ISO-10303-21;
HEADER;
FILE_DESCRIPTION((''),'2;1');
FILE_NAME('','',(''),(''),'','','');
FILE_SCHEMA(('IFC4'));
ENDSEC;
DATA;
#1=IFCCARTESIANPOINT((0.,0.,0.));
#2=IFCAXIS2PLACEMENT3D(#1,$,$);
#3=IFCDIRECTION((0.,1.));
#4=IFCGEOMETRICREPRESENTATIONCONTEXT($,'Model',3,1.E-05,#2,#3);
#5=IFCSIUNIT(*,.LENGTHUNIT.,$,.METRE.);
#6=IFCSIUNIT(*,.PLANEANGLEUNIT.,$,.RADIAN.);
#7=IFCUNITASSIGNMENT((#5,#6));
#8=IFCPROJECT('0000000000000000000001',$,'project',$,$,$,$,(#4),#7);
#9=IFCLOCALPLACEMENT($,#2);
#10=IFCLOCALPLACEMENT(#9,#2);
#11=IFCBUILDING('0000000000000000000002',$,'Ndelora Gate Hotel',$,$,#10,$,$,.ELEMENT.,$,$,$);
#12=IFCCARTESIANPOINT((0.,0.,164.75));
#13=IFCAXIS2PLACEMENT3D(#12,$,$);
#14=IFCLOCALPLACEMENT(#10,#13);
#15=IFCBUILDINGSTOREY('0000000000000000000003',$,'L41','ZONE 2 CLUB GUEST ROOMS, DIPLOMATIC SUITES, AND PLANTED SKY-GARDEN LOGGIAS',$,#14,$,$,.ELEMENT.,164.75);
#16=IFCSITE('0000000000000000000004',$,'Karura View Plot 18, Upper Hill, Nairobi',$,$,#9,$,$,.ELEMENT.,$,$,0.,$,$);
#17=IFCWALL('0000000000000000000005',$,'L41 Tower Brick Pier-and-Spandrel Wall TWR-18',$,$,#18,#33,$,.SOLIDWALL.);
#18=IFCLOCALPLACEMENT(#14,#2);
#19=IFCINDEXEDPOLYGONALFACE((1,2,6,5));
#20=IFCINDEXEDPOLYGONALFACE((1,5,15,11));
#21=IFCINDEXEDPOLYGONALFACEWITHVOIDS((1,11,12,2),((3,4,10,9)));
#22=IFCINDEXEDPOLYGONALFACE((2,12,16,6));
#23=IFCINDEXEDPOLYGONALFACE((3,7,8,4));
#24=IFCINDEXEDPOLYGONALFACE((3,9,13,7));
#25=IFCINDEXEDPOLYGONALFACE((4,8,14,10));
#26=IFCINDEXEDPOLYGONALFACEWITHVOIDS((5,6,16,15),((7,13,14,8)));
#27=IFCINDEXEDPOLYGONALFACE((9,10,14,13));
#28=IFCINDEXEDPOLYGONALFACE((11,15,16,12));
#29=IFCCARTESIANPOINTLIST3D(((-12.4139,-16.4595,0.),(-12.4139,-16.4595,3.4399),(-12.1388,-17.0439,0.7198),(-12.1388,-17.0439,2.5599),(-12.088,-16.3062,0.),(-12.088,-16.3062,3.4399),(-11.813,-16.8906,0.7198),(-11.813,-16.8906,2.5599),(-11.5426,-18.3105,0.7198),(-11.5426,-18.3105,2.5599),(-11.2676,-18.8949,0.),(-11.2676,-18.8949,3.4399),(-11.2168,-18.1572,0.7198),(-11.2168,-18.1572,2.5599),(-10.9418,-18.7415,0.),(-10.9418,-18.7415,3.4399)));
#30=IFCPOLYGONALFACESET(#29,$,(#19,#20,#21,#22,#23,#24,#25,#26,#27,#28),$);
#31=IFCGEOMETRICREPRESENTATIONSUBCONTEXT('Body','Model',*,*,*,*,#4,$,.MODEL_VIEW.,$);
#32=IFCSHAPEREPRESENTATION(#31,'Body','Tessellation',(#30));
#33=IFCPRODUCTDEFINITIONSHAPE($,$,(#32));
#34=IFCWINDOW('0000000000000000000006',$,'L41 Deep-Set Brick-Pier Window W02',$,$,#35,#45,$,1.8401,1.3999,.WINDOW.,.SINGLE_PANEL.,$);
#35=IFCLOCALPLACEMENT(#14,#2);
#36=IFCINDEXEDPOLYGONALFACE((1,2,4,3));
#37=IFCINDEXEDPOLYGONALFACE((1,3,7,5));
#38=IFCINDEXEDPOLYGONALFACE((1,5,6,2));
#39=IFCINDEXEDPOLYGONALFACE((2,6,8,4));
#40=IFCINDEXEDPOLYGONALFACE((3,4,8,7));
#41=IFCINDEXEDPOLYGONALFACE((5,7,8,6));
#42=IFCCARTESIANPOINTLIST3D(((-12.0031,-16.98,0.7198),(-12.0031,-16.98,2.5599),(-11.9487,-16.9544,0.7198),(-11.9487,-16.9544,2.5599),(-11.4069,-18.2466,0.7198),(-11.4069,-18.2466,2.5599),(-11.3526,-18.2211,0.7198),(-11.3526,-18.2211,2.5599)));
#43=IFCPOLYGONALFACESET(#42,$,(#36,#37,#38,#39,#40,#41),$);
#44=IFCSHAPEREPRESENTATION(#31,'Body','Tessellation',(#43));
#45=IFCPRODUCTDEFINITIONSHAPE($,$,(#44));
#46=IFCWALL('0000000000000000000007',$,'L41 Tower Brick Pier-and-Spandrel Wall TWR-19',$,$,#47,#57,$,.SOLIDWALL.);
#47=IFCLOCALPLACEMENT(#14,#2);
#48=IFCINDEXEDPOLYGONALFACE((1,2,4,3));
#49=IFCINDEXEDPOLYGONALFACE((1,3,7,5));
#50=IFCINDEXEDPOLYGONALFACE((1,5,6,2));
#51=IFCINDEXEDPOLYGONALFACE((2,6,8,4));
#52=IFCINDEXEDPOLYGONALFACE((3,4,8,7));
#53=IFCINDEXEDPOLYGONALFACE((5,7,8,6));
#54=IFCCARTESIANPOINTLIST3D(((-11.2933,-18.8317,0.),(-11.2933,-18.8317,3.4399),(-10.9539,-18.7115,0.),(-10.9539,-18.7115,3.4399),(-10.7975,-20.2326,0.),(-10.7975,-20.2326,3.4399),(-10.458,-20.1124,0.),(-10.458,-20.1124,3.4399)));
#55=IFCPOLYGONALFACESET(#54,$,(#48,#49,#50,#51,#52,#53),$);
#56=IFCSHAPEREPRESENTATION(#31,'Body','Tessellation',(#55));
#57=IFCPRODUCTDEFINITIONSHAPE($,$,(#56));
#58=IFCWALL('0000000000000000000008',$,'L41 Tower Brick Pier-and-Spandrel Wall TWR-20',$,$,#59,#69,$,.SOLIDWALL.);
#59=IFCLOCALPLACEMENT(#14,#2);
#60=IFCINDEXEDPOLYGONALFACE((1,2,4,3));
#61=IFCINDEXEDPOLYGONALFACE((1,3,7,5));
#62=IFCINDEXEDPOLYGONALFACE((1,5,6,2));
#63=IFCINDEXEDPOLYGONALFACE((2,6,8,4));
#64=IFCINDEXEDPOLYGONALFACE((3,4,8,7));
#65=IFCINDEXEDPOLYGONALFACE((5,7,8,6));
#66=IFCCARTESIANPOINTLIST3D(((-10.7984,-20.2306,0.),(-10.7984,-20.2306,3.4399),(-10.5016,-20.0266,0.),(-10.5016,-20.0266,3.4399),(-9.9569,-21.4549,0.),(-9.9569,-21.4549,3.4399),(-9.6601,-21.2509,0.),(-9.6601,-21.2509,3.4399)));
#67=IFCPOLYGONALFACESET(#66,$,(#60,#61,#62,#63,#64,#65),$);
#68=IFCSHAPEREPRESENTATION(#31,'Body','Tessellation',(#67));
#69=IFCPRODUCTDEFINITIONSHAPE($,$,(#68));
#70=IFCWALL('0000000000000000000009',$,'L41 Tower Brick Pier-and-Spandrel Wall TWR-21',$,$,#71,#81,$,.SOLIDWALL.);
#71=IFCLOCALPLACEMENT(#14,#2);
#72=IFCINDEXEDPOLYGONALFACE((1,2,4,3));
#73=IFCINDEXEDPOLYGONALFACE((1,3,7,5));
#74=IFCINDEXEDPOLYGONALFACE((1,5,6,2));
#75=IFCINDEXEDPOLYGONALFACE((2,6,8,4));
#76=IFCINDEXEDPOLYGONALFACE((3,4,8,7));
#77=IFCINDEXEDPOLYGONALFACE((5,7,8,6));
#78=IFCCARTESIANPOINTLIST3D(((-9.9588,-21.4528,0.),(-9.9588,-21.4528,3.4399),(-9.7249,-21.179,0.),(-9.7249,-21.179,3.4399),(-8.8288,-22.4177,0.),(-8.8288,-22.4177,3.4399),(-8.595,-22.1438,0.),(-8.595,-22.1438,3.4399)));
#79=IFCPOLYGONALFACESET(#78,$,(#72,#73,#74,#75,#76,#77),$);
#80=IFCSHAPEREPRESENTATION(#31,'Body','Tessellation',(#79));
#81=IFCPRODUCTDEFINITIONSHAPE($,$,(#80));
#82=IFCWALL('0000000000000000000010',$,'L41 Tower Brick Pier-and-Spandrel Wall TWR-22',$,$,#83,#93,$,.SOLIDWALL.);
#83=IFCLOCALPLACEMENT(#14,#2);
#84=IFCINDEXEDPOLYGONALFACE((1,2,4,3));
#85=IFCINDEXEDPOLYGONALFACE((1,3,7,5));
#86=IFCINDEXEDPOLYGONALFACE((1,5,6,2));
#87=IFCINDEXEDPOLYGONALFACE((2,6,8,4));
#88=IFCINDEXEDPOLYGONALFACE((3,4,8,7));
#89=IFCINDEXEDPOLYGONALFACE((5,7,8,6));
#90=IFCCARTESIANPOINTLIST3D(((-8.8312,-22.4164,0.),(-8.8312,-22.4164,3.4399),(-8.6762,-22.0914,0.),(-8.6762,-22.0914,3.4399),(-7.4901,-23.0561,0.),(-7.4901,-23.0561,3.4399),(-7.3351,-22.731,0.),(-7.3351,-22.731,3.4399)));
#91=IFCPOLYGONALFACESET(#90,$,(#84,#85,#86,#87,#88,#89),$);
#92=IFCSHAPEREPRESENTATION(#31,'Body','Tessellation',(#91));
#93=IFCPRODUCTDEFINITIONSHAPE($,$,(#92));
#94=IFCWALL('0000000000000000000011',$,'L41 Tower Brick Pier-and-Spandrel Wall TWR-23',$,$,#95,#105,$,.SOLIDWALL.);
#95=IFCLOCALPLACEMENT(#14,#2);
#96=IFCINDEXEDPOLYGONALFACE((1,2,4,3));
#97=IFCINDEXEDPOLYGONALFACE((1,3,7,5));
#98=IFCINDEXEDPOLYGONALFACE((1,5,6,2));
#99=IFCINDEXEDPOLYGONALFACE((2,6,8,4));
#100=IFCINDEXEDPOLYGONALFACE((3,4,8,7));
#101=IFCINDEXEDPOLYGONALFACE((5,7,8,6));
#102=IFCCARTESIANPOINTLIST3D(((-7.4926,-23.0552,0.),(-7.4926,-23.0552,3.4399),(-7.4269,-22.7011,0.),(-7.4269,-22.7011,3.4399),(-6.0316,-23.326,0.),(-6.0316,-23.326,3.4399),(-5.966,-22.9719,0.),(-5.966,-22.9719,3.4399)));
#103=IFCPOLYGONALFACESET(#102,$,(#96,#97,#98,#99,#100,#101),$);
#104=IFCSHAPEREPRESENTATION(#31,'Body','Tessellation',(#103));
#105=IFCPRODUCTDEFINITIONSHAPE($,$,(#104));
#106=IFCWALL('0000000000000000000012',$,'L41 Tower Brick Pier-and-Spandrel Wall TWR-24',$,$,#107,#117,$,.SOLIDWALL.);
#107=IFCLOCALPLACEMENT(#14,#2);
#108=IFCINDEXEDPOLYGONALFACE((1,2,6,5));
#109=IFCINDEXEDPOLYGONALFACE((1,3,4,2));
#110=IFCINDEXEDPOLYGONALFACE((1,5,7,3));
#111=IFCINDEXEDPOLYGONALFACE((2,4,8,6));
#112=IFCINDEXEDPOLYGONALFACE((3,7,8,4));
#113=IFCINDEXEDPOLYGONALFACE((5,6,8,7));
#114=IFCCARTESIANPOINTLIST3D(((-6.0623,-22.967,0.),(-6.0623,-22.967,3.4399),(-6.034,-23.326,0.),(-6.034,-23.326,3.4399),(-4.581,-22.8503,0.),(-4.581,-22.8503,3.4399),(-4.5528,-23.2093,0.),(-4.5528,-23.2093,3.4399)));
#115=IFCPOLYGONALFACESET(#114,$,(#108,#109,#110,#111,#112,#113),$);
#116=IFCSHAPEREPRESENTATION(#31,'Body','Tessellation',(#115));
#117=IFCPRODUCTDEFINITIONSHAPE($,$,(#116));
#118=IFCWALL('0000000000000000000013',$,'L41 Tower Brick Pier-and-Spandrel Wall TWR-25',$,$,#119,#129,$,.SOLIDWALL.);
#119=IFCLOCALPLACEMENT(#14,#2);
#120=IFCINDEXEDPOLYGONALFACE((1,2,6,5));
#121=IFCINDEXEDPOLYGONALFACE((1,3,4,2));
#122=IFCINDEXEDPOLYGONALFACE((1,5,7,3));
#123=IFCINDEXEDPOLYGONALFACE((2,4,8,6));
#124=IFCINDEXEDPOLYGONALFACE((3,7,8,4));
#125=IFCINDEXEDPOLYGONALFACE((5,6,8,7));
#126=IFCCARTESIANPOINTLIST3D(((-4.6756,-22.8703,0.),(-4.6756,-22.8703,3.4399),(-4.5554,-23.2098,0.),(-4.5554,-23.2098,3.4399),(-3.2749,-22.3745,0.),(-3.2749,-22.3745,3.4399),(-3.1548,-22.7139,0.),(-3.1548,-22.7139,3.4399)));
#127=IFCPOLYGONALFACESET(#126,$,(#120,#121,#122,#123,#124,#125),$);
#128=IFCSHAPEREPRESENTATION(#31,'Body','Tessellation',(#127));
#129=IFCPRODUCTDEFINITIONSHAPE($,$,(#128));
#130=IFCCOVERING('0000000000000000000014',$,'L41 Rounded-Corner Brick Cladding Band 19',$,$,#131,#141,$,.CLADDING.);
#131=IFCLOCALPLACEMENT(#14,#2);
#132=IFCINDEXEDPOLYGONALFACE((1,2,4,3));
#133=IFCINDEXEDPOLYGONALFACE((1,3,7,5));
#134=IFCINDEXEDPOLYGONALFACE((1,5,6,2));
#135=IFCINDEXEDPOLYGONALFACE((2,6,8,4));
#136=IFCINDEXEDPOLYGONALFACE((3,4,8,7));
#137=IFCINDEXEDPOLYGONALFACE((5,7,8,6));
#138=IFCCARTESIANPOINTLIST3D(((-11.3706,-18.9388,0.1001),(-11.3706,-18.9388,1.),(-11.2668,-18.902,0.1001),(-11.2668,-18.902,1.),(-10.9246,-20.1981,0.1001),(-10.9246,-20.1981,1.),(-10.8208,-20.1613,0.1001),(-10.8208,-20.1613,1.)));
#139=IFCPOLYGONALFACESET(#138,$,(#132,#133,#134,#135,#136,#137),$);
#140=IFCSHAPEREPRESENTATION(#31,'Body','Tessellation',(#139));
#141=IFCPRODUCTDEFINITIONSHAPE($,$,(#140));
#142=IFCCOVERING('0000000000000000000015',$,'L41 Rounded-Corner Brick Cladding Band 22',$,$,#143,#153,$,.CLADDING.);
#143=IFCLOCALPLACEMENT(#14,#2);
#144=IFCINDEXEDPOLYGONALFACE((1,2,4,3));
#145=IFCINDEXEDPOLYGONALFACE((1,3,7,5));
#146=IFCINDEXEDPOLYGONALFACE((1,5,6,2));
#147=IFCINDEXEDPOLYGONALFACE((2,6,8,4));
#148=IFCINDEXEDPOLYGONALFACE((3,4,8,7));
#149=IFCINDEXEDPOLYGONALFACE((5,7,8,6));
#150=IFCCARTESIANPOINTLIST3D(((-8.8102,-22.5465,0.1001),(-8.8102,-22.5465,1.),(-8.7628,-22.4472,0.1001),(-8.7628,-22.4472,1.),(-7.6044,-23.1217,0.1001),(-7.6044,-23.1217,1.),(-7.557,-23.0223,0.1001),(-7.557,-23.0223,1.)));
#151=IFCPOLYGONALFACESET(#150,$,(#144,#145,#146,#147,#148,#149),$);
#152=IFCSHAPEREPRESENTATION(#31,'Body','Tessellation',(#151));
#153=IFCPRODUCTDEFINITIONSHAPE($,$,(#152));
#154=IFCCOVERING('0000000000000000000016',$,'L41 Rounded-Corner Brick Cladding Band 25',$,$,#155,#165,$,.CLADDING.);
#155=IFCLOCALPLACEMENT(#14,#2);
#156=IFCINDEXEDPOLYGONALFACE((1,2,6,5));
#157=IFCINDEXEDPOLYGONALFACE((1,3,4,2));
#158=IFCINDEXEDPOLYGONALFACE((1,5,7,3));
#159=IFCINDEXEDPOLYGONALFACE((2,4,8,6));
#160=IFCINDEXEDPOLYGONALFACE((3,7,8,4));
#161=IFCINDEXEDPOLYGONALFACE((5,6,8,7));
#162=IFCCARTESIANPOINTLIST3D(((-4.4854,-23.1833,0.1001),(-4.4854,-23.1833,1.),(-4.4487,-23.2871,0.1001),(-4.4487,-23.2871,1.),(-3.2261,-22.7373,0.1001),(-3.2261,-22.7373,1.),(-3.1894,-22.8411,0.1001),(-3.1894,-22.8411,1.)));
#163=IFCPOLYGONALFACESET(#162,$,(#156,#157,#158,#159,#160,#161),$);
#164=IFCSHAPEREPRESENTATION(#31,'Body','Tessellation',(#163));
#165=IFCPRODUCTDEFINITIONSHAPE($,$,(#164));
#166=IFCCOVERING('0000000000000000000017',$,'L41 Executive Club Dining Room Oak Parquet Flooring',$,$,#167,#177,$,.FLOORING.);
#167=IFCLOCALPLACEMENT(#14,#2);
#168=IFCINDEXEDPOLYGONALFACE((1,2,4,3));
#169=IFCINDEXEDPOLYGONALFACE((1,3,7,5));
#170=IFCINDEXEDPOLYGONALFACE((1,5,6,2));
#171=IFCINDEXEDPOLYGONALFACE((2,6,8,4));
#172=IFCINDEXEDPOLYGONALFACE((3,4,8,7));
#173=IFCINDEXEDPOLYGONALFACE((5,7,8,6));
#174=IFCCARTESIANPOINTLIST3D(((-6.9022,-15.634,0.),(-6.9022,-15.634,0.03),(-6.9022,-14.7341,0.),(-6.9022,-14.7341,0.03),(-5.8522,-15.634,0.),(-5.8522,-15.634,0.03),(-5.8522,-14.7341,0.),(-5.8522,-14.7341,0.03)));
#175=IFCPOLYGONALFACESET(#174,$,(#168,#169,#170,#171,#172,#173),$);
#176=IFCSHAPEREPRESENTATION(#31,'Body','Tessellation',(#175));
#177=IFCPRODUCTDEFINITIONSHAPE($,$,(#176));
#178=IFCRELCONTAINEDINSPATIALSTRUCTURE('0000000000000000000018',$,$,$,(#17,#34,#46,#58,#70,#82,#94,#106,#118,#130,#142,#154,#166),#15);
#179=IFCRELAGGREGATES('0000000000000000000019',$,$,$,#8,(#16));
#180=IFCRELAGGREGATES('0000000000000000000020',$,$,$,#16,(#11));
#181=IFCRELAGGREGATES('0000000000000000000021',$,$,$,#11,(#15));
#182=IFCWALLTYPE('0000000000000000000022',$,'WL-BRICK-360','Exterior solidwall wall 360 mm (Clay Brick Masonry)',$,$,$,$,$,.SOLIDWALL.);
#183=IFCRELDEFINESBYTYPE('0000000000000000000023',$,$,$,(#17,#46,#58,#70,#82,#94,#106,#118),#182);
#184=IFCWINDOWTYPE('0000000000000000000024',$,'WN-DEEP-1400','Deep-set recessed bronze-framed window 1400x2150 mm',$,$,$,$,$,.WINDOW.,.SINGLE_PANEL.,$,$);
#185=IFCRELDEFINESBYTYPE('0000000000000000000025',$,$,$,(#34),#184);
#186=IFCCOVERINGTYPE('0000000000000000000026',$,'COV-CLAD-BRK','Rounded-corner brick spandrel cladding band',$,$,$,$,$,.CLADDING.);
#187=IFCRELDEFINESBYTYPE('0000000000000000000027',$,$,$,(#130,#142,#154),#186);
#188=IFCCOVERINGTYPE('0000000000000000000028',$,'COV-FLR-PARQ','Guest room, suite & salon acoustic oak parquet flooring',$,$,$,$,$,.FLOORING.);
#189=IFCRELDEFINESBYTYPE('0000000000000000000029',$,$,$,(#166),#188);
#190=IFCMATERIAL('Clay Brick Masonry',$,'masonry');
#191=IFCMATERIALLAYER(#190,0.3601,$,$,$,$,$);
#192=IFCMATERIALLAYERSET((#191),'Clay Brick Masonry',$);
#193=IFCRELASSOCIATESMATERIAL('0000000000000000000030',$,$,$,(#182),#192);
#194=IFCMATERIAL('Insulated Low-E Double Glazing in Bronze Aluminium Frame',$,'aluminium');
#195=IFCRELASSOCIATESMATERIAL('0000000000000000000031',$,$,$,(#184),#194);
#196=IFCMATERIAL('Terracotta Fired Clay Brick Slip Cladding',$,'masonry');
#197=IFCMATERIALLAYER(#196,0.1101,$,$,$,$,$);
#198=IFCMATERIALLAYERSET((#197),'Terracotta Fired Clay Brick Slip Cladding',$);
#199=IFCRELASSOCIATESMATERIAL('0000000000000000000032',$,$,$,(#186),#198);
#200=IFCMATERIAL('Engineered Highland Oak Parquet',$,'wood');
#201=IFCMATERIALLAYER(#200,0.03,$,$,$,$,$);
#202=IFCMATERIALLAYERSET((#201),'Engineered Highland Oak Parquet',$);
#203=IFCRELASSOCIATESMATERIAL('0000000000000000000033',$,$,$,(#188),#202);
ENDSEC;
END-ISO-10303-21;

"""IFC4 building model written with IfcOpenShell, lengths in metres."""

from ifc_helpers import new_model, si_unit, direction, frame, frame_2d, origin, origin_2d, place, context, subcontext, project, spatial, rectangle, extrude, material, layer, layer_set, type_object, element, fill, save


model = new_model("IFC4")

# Units and contexts
model_context = context("Model", 3, precision=1e-05, world=origin(), true_north=direction((0.0, 1.0)))
body_context = subcontext(model_context, "Body", "Model", "MODEL_VIEW")
ifc_project = project(units=[si_unit("LENGTHUNIT", "METRE"), si_unit("PLANEANGLEUNIT", "RADIAN")], contexts=[model_context])

# Site, building, storey
site_placement = place(None, origin())
site = spatial("IfcSite", under=ifc_project, at=site_placement, Name="Karura View Plot 18, Upper Hill, Nairobi", CompositionType="ELEMENT", RefElevation=0.0)
building_placement = place(site_placement, origin())
building = spatial("IfcBuilding", under=site, at=building_placement, Name="Ndelora Gate Hotel", CompositionType="ELEMENT")
storey_placement = place(building_placement, frame((0.0, 0.0, 164.75)))
storey = spatial("IfcBuildingStorey", under=building, at=storey_placement, Name="L41", Description="ZONE 2 CLUB GUEST ROOMS, DIPLOMATIC SUITES, AND PLANTED SKY-GARDEN LOGGIAS", CompositionType="ELEMENT", Elevation=164.75)

# Wall, opening, window
ifc_material_1 = material(Name="Clay Brick Masonry", Category="masonry")
ifc_layer_1 = layer(ifc_material_1, 0.3601)
ifc_layer_set_1 = layer_set([ifc_layer_1], Name="Clay Brick Masonry")
wall_type = type_object("IfcWallType", Name="WL-BRICK-360", Description="Exterior solidwall wall 360 mm (Clay Brick Masonry)", PredefinedType="SOLIDWALL", material=ifc_layer_set_1)
ifc_material_2 = material(Name="Insulated Low-E Double Glazing in Bronze Aluminium Frame", Category="aluminium")
window_type_1 = type_object("IfcWindowType", Name="WN-DEEP-1400", Description="Deep-set recessed bronze-framed window 1400x2150 mm", PartitioningType="SINGLE_PANEL", PredefinedType="WINDOW", material=ifc_material_2)
wall_1_placement = place(storey_placement, frame((-11.1047, -18.8181, 0.0), z_axis=(0.0, 0.0, 1.0), x_axis=(-0.425863, 0.904788, 0.0)))
wall_1 = element("IfcWall", 1, at=wall_1_placement, inside=storey, type_object=wall_type, Name="L41 Tower Brick Pier-and-Spandrel Wall TWR-18", PredefinedType="SOLIDWALL", context=body_context, shape_type="SweptSolid", body=[
    extrude(rectangle(XDim=2.6917, YDim=0.3601, at=frame_2d((1.3457, 0.0))), origin(), (0.0, 0.0, 1.0), 3.4399),
])
opening_1_placement = place(wall_1_placement, frame((0.6458, 0.0, 0.72)))
opening_1 = element("IfcOpeningElement", 2, at=opening_1_placement, cuts=wall_1, PredefinedType="OPENING", context=body_context, shape_type="SweptSolid", body=[
    extrude(rectangle(XDim=1.3999, YDim=1.8401, at=frame_2d((0.7, 0.9199))), frame((0.0, 0.1899, 0.0), z_axis=(0.0, -1.0, 0.0), x_axis=(1.0, 0.0, 0.0)), (0.0, 0.0, 1.0), 0.3801),
])
window_1_placement = place(opening_1_placement, origin())
window_1 = element("IfcWindow", 3, at=window_1_placement, inside=storey, type_object=window_type_1, Name="L41 Deep-Set Brick-Pier Window W02", OverallHeight=1.8401, OverallWidth=1.3999, PartitioningType="SINGLE_PANEL", PredefinedType="WINDOW", context=body_context, shape_type="SweptSolid", body=[
    extrude(rectangle(XDim=1.3999, YDim=1.8401, at=frame_2d((0.7, 0.9199))), frame((0.0, 0.03, 0.0), z_axis=(0.0, -1.0, 0.0), x_axis=(1.0, 0.0, 0.0)), (0.0, 0.0, 1.0), 0.0601),
])
fill(opening_1, window_1)

# Walls
wall_2_placement = place(storey_placement, frame((-10.6277, -20.1726, 0.0), z_axis=(0.0, 0.0, 1.0), x_axis=(-0.333671, 0.94269, 0.0)))
element("IfcWall", 4, at=wall_2_placement, inside=storey, type_object=wall_type, Name="L41 Tower Brick Pier-and-Spandrel Wall TWR-19", PredefinedType="SOLIDWALL", context=body_context, shape_type="SweptSolid", body=[
    extrude(rectangle(XDim=1.4861, YDim=0.3601, at=frame_2d((0.7432, 0.0))), origin(), (0.0, 0.0, 1.0), 3.4399),
])
wall_3_placement = place(storey_placement, frame((-9.8086, -21.3528, 0.0), z_axis=(0.0, 0.0, 1.0), x_axis=(-0.566438, 0.824104, 0.0)))
element("IfcWall", 5, at=wall_3_placement, inside=storey, type_object=wall_type, Name="L41 Tower Brick Pier-and-Spandrel Wall TWR-20", PredefinedType="SOLIDWALL", context=body_context, shape_type="SweptSolid", body=[
    extrude(rectangle(XDim=1.4856, YDim=0.3601, at=frame_2d((0.7427, 0.0))), origin(), (0.0, 0.0, 1.0), 3.4399),
])
for number, where, z_axis, x_axis, name in (
    (6, (-8.7119, -22.2808, 0.0), (0.0, 0.0, 1.0), (-0.760462, 0.649383, 0.0), "L41 Tower Brick Pier-and-Spandrel Wall TWR-21"),
    (7, (-7.4126, -22.8936, 0.0), (0.0, 0.0, 1.0), (-0.902587, 0.430508, 0.0), "L41 Tower Brick Pier-and-Spandrel Wall TWR-22"),
    (8, (-5.9988, -23.1489, 0.0), (0.0, 0.0, 1.0), (-0.983257, 0.182225, 0.0), "L41 Tower Brick Pier-and-Spandrel Wall TWR-23"),
    (9, (-4.5669, -23.0298, 0.0), (0.0, 0.0, 1.0), (-0.996911, -0.078543, 0.0), "L41 Tower Brick Pier-and-Spandrel Wall TWR-24"),
    (10, (-3.2148, -22.5442, 0.0), (0.0, 0.0, 1.0), (-0.942671, -0.333722, 0.0), "L41 Tower Brick Pier-and-Spandrel Wall TWR-25"),
):
    element("IfcWall", number, at=place(storey_placement, frame(where, z_axis=z_axis, x_axis=x_axis)), inside=storey, type_object=wall_type, Name=name, PredefinedType="SOLIDWALL", context=body_context, shape_type="SweptSolid", body=[
        extrude(rectangle(XDim=1.4858, YDim=0.3601, at=frame_2d((0.7429, 0.0))), origin(), (0.0, 0.0, 1.0), 3.4399),
    ])

# Coverings
ifc_material_3 = material(Name="Terracotta Fired Clay Brick Slip Cladding", Category="masonry")
ifc_layer_2 = layer(ifc_material_3, 0.1101)
ifc_layer_set_2 = layer_set([ifc_layer_2], Name="Terracotta Fired Clay Brick Slip Cladding")
covering_type_1 = type_object("IfcCoveringType", Name="COV-CLAD-BRK", Description="Rounded-corner brick spandrel cladding band", PredefinedType="CLADDING", material=ifc_layer_set_2)
for number, where, z_axis, x_axis, name in (
    (11, (-11.0957, -19.55, 0.1001), (0.0, 0.0, 1.0), (-0.333807, 0.942641, 0.0), "L41 Rounded-Corner Brick Cladding Band 19"),
    (12, (-8.1836, -22.7844, 0.1001), (0.0, 0.0, 1.0), (-0.902585, 0.430511, 0.0), "L41 Rounded-Corner Brick Cladding Band 22"),
    (13, (-3.8374, -23.0122, 0.1001), (0.0, 0.0, 1.0), (0.942641, 0.333807, 0.0), "L41 Rounded-Corner Brick Cladding Band 25"),
):
    element("IfcCovering", number, at=place(storey_placement, frame(where, z_axis=z_axis, x_axis=x_axis)), inside=storey, type_object=covering_type_1, Name=name, PredefinedType="CLADDING", context=body_context, shape_type="SweptSolid", body=[
        extrude(rectangle(XDim=1.3359, YDim=0.1101, at=origin_2d()), origin(), (0.0, 0.0, 1.0), 0.8999),
    ])
ifc_material_4 = material(Name="Engineered Highland Oak Parquet", Category="wood")
ifc_layer_3 = layer(ifc_material_4, 0.03)
ifc_layer_set_3 = layer_set([ifc_layer_3], Name="Engineered Highland Oak Parquet")
covering_type_2 = type_object("IfcCoveringType", Name="COV-FLR-PARQ", Description="Guest room, suite & salon acoustic oak parquet flooring", PredefinedType="FLOORING", material=ifc_layer_set_3)
covering_placement = place(storey_placement, frame((-6.3772, -15.1841, 0.0), z_axis=(0.0, 0.0, 1.0), x_axis=(1.0, 0.0, 0.0)))
element("IfcCovering", 14, at=covering_placement, inside=storey, type_object=covering_type_2, Name="L41 Executive Club Dining Room Oak Parquet Flooring", PredefinedType="FLOORING", context=body_context, shape_type="SweptSolid", body=[
    extrude(rectangle(XDim=1.05, YDim=0.8999, at=origin_2d()), origin(), (0.0, 0.0, 1.0), 0.03),
])

save(model, "model.ifc")
